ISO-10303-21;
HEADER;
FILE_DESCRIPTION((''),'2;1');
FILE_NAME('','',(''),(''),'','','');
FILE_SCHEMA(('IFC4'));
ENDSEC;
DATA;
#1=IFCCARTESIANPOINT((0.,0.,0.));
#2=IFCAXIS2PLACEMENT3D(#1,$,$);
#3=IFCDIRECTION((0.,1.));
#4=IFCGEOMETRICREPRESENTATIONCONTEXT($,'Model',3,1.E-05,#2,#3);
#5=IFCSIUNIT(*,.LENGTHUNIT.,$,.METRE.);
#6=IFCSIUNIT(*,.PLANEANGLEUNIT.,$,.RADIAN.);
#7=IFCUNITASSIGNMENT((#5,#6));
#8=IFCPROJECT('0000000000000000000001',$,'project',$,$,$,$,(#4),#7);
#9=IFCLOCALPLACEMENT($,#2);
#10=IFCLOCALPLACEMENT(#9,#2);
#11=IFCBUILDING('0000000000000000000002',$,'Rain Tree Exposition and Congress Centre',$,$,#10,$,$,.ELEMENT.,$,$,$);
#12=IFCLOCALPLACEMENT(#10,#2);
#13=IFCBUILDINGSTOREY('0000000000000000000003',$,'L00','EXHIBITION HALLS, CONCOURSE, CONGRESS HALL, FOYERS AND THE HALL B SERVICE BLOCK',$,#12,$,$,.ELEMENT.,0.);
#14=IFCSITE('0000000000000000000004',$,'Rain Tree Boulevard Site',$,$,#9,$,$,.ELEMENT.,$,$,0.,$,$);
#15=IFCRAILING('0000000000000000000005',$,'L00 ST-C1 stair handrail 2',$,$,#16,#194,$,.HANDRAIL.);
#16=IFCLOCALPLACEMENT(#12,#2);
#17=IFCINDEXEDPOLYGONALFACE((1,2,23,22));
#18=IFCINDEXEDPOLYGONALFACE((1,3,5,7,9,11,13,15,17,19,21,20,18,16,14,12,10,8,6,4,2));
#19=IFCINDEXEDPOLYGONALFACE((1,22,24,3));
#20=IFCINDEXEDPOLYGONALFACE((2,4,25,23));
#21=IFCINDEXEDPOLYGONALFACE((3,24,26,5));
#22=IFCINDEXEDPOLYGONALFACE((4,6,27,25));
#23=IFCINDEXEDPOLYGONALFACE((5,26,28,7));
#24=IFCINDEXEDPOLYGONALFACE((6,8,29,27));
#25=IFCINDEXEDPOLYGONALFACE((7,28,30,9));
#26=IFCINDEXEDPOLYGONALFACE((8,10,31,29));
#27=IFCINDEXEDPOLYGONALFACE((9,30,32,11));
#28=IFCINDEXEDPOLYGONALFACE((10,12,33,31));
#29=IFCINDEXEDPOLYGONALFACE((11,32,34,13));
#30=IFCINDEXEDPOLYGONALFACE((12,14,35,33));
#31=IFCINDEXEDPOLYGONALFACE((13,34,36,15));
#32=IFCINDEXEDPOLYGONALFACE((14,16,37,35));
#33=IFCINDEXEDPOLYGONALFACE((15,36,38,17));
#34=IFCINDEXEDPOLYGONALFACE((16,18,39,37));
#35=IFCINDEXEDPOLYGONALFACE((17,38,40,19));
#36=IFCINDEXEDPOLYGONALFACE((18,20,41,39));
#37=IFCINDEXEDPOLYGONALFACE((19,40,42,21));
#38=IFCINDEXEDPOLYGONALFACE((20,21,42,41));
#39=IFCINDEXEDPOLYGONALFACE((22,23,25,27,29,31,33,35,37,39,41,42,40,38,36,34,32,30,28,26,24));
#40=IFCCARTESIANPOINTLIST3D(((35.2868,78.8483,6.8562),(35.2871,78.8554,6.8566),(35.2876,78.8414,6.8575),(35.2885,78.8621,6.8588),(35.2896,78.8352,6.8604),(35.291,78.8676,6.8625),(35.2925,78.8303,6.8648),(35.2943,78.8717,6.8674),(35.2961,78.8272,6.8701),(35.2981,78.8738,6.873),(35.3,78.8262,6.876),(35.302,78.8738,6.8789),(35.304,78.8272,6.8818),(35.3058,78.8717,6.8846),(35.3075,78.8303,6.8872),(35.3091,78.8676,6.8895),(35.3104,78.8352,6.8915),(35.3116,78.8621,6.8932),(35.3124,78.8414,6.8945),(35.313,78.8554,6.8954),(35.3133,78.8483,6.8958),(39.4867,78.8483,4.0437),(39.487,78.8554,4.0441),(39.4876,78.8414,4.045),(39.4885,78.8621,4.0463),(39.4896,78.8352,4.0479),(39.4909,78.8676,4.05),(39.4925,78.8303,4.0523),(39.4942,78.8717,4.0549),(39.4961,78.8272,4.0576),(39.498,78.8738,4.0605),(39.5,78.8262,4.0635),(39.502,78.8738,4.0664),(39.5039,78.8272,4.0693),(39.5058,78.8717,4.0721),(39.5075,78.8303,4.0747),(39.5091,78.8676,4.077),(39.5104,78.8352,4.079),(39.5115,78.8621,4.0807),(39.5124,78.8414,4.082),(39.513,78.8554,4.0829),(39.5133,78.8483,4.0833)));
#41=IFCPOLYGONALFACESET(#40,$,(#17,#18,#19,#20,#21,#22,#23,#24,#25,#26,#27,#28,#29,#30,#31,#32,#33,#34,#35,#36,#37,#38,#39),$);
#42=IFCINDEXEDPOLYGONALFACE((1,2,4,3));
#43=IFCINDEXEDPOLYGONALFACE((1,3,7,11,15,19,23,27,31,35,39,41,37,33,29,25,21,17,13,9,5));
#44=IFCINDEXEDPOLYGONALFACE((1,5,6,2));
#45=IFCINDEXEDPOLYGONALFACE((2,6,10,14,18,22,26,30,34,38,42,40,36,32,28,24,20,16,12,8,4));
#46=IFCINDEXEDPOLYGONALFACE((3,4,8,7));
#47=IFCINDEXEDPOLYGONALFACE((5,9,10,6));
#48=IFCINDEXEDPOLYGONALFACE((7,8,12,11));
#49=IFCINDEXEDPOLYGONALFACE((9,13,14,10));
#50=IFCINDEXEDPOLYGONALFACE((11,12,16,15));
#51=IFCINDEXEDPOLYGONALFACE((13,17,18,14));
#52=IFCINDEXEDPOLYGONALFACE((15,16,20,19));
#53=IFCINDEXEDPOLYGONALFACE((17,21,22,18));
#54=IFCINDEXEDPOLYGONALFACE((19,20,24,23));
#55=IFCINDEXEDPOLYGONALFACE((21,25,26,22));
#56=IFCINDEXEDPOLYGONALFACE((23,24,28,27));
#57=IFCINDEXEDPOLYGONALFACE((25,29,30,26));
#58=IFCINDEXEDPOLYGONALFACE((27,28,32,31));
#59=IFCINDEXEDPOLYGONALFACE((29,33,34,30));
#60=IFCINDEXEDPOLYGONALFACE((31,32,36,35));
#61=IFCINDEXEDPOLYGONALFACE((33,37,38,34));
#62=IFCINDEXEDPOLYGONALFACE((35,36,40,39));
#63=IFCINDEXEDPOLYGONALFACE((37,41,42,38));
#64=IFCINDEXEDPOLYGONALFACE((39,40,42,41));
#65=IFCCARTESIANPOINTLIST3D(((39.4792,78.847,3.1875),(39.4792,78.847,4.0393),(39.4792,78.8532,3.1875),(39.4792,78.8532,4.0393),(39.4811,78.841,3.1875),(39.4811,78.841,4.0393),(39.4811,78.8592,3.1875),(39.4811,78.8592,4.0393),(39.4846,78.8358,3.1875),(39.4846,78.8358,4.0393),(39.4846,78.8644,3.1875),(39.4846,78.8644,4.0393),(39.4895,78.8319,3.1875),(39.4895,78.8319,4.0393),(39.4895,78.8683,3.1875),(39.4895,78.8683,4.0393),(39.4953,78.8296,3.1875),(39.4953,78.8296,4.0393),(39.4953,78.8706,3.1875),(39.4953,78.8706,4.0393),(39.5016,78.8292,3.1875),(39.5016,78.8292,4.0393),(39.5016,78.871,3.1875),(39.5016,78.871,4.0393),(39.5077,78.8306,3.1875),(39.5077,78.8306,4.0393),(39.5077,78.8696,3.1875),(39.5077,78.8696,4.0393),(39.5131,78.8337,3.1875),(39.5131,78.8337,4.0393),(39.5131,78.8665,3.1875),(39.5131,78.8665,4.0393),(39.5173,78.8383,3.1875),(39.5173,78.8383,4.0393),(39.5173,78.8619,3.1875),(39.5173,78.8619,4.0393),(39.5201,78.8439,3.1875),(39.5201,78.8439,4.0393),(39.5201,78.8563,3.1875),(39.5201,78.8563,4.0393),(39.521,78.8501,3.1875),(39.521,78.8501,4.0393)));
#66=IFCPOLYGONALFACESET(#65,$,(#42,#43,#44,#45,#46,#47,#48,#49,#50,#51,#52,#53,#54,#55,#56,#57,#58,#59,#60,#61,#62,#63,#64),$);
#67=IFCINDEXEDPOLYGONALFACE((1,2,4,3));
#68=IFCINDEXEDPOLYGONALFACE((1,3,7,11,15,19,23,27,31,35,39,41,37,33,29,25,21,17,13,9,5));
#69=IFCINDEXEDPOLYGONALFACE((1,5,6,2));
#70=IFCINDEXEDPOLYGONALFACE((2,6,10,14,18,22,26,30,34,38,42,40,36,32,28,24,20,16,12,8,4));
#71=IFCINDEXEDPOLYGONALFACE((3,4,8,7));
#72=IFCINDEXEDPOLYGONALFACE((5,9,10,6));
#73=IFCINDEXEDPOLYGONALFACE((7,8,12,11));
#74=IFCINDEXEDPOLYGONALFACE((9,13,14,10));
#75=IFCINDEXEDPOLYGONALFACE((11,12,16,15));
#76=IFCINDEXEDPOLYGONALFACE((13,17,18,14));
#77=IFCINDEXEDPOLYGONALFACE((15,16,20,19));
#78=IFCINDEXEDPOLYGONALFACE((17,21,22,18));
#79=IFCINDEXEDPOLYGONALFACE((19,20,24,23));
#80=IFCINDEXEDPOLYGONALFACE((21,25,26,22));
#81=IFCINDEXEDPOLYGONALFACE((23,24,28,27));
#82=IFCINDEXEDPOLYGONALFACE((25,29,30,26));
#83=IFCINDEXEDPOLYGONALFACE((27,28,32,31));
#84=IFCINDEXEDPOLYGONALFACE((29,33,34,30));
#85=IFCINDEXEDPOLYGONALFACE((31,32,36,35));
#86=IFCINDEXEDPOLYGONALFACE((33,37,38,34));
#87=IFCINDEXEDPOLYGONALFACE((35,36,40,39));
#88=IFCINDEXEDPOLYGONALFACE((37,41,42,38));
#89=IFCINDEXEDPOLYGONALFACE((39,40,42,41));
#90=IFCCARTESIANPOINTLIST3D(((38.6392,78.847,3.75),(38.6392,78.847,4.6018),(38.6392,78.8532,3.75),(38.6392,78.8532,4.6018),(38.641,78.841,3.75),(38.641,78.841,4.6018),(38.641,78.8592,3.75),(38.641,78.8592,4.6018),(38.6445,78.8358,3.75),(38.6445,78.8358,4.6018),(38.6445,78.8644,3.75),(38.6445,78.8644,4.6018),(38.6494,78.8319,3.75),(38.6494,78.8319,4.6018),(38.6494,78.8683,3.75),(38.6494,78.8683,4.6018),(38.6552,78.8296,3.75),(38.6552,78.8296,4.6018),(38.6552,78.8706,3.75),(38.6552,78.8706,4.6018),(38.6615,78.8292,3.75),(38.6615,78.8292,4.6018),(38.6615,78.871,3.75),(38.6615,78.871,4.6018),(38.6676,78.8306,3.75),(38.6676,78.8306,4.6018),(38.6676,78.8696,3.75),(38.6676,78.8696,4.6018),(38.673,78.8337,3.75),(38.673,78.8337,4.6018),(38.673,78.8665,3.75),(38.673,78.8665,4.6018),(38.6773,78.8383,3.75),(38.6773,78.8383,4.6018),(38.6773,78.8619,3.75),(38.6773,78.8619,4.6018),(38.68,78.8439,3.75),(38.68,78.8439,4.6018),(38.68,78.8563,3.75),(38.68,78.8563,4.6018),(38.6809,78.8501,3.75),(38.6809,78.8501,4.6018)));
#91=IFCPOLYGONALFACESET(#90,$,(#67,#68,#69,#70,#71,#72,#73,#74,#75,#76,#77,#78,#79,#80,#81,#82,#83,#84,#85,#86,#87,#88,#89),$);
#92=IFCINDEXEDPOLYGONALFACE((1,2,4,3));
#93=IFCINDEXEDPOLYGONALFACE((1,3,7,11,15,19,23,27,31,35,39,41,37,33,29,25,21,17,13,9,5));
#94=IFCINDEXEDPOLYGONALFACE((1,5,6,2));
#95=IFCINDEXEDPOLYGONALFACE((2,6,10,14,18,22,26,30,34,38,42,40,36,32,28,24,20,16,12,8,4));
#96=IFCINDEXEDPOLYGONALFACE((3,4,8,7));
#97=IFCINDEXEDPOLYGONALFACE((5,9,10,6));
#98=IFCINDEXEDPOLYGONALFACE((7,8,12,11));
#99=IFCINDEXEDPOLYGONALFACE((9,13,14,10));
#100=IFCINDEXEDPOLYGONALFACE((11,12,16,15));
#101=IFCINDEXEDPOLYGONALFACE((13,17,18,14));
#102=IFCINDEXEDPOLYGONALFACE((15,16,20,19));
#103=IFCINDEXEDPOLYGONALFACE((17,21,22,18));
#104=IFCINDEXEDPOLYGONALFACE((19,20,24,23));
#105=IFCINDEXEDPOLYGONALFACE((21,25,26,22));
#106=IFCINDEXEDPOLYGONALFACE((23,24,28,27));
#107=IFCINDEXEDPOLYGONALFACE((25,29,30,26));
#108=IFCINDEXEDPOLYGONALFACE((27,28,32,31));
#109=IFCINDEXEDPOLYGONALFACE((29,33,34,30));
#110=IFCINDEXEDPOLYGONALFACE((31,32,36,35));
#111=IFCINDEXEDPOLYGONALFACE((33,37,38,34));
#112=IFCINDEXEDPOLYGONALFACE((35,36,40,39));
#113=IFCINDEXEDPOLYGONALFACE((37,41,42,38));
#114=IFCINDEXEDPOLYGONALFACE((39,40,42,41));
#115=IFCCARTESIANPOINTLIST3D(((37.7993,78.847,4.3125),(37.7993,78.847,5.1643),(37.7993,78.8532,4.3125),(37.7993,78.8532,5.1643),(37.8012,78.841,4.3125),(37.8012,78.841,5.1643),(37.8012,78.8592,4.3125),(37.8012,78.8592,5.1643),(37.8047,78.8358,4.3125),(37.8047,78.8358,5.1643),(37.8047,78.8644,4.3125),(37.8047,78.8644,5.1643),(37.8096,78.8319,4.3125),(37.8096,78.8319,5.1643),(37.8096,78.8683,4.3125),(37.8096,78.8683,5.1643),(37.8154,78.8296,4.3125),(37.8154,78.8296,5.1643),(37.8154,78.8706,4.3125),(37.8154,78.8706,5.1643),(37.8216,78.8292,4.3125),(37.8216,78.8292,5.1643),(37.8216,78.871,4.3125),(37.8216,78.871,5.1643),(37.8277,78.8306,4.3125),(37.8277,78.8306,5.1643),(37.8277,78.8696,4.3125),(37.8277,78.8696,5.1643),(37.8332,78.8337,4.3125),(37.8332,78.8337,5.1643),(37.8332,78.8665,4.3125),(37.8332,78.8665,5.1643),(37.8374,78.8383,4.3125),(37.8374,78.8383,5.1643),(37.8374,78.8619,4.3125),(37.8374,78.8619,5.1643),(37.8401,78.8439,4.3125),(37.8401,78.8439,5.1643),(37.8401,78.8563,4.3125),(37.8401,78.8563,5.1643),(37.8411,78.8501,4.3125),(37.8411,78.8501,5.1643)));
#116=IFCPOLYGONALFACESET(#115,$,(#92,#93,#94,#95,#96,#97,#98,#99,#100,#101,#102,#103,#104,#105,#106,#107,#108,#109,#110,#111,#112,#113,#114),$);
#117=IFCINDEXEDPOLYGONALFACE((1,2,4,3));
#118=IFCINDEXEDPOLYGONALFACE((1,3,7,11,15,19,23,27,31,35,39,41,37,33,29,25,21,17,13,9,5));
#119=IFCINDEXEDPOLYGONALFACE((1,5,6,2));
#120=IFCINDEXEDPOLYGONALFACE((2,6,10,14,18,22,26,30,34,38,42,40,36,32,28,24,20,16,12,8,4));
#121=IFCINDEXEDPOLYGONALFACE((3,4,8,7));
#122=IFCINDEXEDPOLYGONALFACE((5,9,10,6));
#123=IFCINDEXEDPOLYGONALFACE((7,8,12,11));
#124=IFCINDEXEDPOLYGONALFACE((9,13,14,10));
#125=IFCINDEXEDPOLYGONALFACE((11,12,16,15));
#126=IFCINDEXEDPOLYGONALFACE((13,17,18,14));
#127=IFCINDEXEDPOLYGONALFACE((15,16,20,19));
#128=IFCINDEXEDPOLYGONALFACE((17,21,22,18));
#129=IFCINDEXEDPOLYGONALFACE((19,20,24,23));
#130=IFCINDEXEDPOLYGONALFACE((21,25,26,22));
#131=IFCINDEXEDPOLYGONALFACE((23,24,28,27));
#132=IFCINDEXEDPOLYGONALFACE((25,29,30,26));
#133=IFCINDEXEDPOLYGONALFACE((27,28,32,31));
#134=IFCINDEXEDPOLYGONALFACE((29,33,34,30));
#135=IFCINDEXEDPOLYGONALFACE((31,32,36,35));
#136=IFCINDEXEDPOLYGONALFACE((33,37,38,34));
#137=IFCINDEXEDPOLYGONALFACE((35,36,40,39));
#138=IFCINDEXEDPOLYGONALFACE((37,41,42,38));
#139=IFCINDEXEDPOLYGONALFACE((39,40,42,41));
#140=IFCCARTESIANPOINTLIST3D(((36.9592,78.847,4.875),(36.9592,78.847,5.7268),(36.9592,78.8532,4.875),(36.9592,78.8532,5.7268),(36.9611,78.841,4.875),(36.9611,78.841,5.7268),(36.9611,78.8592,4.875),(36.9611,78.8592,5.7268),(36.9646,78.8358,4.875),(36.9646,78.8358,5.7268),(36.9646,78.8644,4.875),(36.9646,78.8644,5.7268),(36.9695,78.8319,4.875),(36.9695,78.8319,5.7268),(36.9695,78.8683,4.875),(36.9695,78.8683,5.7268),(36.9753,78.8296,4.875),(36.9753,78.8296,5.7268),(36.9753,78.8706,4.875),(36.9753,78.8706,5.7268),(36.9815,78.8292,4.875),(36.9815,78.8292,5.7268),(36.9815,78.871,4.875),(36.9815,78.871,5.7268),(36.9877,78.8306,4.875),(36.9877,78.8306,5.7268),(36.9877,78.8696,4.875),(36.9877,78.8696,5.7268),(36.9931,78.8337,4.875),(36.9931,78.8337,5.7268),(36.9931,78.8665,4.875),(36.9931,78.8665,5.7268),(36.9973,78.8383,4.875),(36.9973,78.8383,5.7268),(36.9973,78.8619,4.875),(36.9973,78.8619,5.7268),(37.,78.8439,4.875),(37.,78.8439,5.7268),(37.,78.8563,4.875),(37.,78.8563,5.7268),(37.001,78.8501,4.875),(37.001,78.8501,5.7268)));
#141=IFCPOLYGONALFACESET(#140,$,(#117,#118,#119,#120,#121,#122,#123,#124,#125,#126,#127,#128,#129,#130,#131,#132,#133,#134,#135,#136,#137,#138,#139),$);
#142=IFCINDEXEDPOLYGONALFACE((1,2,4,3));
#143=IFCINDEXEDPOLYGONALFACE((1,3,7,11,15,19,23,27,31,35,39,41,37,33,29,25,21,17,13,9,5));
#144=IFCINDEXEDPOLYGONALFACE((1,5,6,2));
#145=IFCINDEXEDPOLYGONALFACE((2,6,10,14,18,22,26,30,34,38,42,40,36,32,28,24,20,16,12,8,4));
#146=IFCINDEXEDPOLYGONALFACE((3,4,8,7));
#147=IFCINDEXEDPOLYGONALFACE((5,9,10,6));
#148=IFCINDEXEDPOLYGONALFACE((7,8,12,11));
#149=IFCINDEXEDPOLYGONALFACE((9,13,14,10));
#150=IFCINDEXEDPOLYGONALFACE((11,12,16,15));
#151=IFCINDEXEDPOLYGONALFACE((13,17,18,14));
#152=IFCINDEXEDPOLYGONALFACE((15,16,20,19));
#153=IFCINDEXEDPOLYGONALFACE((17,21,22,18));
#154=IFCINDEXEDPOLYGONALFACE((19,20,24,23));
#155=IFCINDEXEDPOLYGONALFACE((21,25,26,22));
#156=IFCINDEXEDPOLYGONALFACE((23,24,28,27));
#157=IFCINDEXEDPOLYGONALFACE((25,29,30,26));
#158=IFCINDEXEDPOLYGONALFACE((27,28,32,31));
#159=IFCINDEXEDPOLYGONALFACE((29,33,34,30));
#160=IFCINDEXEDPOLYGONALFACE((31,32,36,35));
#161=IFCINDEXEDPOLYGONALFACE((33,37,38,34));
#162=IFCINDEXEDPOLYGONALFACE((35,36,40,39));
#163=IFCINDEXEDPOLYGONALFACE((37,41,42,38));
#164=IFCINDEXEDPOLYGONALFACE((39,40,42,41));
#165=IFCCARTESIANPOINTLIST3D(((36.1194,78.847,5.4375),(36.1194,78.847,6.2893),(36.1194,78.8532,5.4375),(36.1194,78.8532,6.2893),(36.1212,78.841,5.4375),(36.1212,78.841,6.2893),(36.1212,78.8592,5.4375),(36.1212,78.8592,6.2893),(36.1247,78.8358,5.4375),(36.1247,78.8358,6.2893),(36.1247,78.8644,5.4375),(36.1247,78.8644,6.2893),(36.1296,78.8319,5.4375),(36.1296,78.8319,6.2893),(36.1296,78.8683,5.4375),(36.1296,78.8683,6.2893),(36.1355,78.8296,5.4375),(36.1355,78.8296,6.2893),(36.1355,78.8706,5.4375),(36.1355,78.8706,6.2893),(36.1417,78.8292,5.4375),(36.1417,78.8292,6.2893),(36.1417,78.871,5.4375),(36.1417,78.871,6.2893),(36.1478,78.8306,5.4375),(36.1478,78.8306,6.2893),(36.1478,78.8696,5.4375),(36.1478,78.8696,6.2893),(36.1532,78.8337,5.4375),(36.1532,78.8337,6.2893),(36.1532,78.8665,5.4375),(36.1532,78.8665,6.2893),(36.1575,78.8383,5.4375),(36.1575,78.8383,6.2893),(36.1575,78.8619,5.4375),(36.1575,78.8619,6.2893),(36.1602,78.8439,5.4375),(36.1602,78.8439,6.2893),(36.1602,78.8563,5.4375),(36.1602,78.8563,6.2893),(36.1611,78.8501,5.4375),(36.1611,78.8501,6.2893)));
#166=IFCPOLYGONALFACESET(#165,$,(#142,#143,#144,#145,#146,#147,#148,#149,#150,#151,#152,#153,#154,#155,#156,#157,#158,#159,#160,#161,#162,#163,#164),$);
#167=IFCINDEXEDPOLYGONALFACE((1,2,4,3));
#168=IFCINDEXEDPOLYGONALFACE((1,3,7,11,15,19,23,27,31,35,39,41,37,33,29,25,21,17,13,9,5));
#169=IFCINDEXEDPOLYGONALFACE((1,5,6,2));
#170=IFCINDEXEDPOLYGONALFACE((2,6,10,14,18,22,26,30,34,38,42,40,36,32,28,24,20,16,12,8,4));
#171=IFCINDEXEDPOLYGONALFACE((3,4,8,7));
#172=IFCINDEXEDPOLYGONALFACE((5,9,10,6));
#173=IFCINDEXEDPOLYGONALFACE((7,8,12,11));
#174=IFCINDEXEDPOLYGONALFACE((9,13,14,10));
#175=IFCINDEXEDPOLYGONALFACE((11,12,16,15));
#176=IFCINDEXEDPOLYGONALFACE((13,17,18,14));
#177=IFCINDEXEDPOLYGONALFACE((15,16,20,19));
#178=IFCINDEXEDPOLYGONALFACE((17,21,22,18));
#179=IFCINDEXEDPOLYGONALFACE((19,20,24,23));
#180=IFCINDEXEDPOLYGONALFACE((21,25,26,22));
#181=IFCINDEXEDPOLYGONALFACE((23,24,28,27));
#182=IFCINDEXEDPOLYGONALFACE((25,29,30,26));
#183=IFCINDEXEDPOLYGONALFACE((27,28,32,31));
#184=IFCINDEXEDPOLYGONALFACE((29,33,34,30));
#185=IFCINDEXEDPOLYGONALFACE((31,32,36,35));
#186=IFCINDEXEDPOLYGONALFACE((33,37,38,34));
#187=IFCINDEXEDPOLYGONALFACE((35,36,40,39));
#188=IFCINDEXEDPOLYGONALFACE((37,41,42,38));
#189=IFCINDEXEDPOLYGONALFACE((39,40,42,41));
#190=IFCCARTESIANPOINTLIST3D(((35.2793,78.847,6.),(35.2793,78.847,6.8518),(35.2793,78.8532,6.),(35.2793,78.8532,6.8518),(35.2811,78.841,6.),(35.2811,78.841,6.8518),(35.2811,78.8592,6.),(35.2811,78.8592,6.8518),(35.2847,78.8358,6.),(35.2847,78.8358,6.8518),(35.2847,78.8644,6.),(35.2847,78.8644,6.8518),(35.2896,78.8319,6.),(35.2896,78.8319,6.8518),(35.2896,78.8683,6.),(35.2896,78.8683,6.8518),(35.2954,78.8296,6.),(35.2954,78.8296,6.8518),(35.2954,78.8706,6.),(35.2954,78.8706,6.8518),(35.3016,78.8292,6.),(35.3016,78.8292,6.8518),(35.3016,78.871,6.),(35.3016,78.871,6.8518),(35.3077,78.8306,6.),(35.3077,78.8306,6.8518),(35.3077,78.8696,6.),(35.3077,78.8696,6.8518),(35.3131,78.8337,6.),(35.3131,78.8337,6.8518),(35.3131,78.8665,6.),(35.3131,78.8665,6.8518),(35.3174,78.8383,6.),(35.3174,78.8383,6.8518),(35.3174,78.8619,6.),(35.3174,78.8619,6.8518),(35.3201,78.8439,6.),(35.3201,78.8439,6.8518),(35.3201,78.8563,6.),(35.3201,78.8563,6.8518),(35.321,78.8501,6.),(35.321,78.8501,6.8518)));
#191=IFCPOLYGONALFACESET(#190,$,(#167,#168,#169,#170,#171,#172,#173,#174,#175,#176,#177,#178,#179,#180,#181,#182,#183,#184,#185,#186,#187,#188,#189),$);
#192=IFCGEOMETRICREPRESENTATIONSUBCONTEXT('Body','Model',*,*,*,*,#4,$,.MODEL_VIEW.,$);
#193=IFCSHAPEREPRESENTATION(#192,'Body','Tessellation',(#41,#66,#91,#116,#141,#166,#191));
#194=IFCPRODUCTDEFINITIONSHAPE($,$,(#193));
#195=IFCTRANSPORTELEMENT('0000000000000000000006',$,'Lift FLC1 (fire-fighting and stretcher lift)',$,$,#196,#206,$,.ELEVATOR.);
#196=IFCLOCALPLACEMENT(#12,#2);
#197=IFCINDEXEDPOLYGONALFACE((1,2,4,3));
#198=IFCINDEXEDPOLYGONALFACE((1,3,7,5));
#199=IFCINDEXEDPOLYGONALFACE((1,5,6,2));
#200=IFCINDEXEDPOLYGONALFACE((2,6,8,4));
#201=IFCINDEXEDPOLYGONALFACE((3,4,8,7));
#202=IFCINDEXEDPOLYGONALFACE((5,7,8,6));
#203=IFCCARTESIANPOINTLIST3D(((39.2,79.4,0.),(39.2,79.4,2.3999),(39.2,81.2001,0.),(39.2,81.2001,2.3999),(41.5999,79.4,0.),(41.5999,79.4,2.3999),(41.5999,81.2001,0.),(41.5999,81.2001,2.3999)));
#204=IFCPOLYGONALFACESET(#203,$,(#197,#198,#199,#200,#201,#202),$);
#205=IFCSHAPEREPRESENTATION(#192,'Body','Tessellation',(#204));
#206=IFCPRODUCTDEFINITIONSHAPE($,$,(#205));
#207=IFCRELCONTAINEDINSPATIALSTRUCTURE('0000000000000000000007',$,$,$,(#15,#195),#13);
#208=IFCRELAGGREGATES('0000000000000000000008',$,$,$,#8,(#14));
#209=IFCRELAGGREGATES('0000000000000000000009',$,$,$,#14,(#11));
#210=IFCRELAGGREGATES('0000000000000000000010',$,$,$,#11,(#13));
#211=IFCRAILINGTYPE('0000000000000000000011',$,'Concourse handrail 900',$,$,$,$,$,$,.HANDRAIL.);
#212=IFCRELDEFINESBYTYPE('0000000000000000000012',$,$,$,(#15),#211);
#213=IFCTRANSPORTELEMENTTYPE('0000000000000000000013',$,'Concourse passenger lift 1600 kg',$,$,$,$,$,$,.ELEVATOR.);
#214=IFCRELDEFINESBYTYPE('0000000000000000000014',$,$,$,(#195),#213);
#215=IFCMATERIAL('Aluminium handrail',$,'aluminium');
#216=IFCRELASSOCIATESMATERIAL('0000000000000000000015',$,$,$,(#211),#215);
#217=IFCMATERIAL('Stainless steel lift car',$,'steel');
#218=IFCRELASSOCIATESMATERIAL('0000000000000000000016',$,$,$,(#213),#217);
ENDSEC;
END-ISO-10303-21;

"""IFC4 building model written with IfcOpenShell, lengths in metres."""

from ifc_helpers import new_model, si_unit, direction, frame, origin, origin_2d, place, context, subcontext, project, spatial, rectangle, circle, extrude, material, type_object, element, save


model = new_model("IFC4")

# Units and contexts
model_context = context("Model", 3, precision=1e-05, world=origin(), true_north=direction((0.0, 1.0)))
body_context = subcontext(model_context, "Body", "Model", "MODEL_VIEW")
ifc_project = project(units=[si_unit("LENGTHUNIT", "METRE"), si_unit("PLANEANGLEUNIT", "RADIAN")], contexts=[model_context])

# Site, building, storey
site_placement = place(None, origin())
site = spatial("IfcSite", under=ifc_project, at=site_placement, Name="Rain Tree Boulevard Site", CompositionType="ELEMENT", RefElevation=0.0)
building_placement = place(site_placement, origin())
building = spatial("IfcBuilding", under=site, at=building_placement, Name="Rain Tree Exposition and Congress Centre", CompositionType="ELEMENT")
storey_placement = place(building_placement, origin())
storey = spatial("IfcBuildingStorey", under=building, at=storey_placement, Name="L00", Description="EXHIBITION HALLS, CONCOURSE, CONGRESS HALL, FOYERS AND THE HALL B SERVICE BLOCK", CompositionType="ELEMENT", Elevation=0.0)

# Railing
ifc_material_1 = material(Name="Aluminium handrail", Category="aluminium")
railing_type_1 = type_object("IfcRailingType", Name="Concourse handrail 900", PredefinedType="HANDRAIL", material=ifc_material_1)
railing_1_placement = place(storey_placement, frame((39.5, 78.8501, 3.1875)))
element("IfcRailing", 1, at=railing_1_placement, inside=storey, type_object=railing_type_1, Name="L00 ST-C1 stair handrail 2", PredefinedType="HANDRAIL", context=body_context, shape_type="SweptSolid", body=[
    extrude(circle(Radius=0.0239, at=origin_2d()), frame((0.0, 0.0, 0.876), z_axis=(-0.830904, 0.0, 0.556416), x_axis=(0.0, -1.0, 0.0)), (0.0, 0.0, 1.0), 5.0547),
    extrude(circle(Radius=0.021, at=origin_2d()), origin(), (0.0, 0.0, 1.0), 0.8518),
    extrude(circle(Radius=0.021, at=origin_2d()), frame((-0.8401, 0.0, 0.5625)), (0.0, 0.0, 1.0), 0.8518),
    extrude(circle(Radius=0.021, at=origin_2d()), frame((-1.6799, 0.0, 1.125)), (0.0, 0.0, 1.0), 0.8518),
    extrude(circle(Radius=0.021, at=origin_2d()), frame((-2.52, 0.0, 1.6875)), (0.0, 0.0, 1.0), 0.8518),
    extrude(circle(Radius=0.021, at=origin_2d()), frame((-3.3599, 0.0, 2.25)), (0.0, 0.0, 1.0), 0.8518),
    extrude(circle(Radius=0.021, at=origin_2d()), frame((-4.2, 0.0, 2.8125)), (0.0, 0.0, 1.0), 0.8518),
])

# Transport element
ifc_material_2 = material(Name="Stainless steel lift car", Category="steel")
transport_element_type = type_object("IfcTransportElementType", Name="Concourse passenger lift 1600 kg", PredefinedType="ELEVATOR", material=ifc_material_2)
transport_element_placement = place(storey_placement, frame((40.3999, 80.3, 0.0), z_axis=(0.0, 0.0, 1.0), x_axis=(1.0, 0.0, 0.0)))
element("IfcTransportElement", 2, at=transport_element_placement, inside=storey, type_object=transport_element_type, Name="Lift FLC1 (fire-fighting and stretcher lift)", PredefinedType="ELEVATOR", context=body_context, shape_type="SweptSolid", body=[
    extrude(rectangle(XDim=2.3999, YDim=1.8, at=origin_2d()), origin(), (0.0, 0.0, 1.0), 2.3999),
])

save(model, "model.ifc")
